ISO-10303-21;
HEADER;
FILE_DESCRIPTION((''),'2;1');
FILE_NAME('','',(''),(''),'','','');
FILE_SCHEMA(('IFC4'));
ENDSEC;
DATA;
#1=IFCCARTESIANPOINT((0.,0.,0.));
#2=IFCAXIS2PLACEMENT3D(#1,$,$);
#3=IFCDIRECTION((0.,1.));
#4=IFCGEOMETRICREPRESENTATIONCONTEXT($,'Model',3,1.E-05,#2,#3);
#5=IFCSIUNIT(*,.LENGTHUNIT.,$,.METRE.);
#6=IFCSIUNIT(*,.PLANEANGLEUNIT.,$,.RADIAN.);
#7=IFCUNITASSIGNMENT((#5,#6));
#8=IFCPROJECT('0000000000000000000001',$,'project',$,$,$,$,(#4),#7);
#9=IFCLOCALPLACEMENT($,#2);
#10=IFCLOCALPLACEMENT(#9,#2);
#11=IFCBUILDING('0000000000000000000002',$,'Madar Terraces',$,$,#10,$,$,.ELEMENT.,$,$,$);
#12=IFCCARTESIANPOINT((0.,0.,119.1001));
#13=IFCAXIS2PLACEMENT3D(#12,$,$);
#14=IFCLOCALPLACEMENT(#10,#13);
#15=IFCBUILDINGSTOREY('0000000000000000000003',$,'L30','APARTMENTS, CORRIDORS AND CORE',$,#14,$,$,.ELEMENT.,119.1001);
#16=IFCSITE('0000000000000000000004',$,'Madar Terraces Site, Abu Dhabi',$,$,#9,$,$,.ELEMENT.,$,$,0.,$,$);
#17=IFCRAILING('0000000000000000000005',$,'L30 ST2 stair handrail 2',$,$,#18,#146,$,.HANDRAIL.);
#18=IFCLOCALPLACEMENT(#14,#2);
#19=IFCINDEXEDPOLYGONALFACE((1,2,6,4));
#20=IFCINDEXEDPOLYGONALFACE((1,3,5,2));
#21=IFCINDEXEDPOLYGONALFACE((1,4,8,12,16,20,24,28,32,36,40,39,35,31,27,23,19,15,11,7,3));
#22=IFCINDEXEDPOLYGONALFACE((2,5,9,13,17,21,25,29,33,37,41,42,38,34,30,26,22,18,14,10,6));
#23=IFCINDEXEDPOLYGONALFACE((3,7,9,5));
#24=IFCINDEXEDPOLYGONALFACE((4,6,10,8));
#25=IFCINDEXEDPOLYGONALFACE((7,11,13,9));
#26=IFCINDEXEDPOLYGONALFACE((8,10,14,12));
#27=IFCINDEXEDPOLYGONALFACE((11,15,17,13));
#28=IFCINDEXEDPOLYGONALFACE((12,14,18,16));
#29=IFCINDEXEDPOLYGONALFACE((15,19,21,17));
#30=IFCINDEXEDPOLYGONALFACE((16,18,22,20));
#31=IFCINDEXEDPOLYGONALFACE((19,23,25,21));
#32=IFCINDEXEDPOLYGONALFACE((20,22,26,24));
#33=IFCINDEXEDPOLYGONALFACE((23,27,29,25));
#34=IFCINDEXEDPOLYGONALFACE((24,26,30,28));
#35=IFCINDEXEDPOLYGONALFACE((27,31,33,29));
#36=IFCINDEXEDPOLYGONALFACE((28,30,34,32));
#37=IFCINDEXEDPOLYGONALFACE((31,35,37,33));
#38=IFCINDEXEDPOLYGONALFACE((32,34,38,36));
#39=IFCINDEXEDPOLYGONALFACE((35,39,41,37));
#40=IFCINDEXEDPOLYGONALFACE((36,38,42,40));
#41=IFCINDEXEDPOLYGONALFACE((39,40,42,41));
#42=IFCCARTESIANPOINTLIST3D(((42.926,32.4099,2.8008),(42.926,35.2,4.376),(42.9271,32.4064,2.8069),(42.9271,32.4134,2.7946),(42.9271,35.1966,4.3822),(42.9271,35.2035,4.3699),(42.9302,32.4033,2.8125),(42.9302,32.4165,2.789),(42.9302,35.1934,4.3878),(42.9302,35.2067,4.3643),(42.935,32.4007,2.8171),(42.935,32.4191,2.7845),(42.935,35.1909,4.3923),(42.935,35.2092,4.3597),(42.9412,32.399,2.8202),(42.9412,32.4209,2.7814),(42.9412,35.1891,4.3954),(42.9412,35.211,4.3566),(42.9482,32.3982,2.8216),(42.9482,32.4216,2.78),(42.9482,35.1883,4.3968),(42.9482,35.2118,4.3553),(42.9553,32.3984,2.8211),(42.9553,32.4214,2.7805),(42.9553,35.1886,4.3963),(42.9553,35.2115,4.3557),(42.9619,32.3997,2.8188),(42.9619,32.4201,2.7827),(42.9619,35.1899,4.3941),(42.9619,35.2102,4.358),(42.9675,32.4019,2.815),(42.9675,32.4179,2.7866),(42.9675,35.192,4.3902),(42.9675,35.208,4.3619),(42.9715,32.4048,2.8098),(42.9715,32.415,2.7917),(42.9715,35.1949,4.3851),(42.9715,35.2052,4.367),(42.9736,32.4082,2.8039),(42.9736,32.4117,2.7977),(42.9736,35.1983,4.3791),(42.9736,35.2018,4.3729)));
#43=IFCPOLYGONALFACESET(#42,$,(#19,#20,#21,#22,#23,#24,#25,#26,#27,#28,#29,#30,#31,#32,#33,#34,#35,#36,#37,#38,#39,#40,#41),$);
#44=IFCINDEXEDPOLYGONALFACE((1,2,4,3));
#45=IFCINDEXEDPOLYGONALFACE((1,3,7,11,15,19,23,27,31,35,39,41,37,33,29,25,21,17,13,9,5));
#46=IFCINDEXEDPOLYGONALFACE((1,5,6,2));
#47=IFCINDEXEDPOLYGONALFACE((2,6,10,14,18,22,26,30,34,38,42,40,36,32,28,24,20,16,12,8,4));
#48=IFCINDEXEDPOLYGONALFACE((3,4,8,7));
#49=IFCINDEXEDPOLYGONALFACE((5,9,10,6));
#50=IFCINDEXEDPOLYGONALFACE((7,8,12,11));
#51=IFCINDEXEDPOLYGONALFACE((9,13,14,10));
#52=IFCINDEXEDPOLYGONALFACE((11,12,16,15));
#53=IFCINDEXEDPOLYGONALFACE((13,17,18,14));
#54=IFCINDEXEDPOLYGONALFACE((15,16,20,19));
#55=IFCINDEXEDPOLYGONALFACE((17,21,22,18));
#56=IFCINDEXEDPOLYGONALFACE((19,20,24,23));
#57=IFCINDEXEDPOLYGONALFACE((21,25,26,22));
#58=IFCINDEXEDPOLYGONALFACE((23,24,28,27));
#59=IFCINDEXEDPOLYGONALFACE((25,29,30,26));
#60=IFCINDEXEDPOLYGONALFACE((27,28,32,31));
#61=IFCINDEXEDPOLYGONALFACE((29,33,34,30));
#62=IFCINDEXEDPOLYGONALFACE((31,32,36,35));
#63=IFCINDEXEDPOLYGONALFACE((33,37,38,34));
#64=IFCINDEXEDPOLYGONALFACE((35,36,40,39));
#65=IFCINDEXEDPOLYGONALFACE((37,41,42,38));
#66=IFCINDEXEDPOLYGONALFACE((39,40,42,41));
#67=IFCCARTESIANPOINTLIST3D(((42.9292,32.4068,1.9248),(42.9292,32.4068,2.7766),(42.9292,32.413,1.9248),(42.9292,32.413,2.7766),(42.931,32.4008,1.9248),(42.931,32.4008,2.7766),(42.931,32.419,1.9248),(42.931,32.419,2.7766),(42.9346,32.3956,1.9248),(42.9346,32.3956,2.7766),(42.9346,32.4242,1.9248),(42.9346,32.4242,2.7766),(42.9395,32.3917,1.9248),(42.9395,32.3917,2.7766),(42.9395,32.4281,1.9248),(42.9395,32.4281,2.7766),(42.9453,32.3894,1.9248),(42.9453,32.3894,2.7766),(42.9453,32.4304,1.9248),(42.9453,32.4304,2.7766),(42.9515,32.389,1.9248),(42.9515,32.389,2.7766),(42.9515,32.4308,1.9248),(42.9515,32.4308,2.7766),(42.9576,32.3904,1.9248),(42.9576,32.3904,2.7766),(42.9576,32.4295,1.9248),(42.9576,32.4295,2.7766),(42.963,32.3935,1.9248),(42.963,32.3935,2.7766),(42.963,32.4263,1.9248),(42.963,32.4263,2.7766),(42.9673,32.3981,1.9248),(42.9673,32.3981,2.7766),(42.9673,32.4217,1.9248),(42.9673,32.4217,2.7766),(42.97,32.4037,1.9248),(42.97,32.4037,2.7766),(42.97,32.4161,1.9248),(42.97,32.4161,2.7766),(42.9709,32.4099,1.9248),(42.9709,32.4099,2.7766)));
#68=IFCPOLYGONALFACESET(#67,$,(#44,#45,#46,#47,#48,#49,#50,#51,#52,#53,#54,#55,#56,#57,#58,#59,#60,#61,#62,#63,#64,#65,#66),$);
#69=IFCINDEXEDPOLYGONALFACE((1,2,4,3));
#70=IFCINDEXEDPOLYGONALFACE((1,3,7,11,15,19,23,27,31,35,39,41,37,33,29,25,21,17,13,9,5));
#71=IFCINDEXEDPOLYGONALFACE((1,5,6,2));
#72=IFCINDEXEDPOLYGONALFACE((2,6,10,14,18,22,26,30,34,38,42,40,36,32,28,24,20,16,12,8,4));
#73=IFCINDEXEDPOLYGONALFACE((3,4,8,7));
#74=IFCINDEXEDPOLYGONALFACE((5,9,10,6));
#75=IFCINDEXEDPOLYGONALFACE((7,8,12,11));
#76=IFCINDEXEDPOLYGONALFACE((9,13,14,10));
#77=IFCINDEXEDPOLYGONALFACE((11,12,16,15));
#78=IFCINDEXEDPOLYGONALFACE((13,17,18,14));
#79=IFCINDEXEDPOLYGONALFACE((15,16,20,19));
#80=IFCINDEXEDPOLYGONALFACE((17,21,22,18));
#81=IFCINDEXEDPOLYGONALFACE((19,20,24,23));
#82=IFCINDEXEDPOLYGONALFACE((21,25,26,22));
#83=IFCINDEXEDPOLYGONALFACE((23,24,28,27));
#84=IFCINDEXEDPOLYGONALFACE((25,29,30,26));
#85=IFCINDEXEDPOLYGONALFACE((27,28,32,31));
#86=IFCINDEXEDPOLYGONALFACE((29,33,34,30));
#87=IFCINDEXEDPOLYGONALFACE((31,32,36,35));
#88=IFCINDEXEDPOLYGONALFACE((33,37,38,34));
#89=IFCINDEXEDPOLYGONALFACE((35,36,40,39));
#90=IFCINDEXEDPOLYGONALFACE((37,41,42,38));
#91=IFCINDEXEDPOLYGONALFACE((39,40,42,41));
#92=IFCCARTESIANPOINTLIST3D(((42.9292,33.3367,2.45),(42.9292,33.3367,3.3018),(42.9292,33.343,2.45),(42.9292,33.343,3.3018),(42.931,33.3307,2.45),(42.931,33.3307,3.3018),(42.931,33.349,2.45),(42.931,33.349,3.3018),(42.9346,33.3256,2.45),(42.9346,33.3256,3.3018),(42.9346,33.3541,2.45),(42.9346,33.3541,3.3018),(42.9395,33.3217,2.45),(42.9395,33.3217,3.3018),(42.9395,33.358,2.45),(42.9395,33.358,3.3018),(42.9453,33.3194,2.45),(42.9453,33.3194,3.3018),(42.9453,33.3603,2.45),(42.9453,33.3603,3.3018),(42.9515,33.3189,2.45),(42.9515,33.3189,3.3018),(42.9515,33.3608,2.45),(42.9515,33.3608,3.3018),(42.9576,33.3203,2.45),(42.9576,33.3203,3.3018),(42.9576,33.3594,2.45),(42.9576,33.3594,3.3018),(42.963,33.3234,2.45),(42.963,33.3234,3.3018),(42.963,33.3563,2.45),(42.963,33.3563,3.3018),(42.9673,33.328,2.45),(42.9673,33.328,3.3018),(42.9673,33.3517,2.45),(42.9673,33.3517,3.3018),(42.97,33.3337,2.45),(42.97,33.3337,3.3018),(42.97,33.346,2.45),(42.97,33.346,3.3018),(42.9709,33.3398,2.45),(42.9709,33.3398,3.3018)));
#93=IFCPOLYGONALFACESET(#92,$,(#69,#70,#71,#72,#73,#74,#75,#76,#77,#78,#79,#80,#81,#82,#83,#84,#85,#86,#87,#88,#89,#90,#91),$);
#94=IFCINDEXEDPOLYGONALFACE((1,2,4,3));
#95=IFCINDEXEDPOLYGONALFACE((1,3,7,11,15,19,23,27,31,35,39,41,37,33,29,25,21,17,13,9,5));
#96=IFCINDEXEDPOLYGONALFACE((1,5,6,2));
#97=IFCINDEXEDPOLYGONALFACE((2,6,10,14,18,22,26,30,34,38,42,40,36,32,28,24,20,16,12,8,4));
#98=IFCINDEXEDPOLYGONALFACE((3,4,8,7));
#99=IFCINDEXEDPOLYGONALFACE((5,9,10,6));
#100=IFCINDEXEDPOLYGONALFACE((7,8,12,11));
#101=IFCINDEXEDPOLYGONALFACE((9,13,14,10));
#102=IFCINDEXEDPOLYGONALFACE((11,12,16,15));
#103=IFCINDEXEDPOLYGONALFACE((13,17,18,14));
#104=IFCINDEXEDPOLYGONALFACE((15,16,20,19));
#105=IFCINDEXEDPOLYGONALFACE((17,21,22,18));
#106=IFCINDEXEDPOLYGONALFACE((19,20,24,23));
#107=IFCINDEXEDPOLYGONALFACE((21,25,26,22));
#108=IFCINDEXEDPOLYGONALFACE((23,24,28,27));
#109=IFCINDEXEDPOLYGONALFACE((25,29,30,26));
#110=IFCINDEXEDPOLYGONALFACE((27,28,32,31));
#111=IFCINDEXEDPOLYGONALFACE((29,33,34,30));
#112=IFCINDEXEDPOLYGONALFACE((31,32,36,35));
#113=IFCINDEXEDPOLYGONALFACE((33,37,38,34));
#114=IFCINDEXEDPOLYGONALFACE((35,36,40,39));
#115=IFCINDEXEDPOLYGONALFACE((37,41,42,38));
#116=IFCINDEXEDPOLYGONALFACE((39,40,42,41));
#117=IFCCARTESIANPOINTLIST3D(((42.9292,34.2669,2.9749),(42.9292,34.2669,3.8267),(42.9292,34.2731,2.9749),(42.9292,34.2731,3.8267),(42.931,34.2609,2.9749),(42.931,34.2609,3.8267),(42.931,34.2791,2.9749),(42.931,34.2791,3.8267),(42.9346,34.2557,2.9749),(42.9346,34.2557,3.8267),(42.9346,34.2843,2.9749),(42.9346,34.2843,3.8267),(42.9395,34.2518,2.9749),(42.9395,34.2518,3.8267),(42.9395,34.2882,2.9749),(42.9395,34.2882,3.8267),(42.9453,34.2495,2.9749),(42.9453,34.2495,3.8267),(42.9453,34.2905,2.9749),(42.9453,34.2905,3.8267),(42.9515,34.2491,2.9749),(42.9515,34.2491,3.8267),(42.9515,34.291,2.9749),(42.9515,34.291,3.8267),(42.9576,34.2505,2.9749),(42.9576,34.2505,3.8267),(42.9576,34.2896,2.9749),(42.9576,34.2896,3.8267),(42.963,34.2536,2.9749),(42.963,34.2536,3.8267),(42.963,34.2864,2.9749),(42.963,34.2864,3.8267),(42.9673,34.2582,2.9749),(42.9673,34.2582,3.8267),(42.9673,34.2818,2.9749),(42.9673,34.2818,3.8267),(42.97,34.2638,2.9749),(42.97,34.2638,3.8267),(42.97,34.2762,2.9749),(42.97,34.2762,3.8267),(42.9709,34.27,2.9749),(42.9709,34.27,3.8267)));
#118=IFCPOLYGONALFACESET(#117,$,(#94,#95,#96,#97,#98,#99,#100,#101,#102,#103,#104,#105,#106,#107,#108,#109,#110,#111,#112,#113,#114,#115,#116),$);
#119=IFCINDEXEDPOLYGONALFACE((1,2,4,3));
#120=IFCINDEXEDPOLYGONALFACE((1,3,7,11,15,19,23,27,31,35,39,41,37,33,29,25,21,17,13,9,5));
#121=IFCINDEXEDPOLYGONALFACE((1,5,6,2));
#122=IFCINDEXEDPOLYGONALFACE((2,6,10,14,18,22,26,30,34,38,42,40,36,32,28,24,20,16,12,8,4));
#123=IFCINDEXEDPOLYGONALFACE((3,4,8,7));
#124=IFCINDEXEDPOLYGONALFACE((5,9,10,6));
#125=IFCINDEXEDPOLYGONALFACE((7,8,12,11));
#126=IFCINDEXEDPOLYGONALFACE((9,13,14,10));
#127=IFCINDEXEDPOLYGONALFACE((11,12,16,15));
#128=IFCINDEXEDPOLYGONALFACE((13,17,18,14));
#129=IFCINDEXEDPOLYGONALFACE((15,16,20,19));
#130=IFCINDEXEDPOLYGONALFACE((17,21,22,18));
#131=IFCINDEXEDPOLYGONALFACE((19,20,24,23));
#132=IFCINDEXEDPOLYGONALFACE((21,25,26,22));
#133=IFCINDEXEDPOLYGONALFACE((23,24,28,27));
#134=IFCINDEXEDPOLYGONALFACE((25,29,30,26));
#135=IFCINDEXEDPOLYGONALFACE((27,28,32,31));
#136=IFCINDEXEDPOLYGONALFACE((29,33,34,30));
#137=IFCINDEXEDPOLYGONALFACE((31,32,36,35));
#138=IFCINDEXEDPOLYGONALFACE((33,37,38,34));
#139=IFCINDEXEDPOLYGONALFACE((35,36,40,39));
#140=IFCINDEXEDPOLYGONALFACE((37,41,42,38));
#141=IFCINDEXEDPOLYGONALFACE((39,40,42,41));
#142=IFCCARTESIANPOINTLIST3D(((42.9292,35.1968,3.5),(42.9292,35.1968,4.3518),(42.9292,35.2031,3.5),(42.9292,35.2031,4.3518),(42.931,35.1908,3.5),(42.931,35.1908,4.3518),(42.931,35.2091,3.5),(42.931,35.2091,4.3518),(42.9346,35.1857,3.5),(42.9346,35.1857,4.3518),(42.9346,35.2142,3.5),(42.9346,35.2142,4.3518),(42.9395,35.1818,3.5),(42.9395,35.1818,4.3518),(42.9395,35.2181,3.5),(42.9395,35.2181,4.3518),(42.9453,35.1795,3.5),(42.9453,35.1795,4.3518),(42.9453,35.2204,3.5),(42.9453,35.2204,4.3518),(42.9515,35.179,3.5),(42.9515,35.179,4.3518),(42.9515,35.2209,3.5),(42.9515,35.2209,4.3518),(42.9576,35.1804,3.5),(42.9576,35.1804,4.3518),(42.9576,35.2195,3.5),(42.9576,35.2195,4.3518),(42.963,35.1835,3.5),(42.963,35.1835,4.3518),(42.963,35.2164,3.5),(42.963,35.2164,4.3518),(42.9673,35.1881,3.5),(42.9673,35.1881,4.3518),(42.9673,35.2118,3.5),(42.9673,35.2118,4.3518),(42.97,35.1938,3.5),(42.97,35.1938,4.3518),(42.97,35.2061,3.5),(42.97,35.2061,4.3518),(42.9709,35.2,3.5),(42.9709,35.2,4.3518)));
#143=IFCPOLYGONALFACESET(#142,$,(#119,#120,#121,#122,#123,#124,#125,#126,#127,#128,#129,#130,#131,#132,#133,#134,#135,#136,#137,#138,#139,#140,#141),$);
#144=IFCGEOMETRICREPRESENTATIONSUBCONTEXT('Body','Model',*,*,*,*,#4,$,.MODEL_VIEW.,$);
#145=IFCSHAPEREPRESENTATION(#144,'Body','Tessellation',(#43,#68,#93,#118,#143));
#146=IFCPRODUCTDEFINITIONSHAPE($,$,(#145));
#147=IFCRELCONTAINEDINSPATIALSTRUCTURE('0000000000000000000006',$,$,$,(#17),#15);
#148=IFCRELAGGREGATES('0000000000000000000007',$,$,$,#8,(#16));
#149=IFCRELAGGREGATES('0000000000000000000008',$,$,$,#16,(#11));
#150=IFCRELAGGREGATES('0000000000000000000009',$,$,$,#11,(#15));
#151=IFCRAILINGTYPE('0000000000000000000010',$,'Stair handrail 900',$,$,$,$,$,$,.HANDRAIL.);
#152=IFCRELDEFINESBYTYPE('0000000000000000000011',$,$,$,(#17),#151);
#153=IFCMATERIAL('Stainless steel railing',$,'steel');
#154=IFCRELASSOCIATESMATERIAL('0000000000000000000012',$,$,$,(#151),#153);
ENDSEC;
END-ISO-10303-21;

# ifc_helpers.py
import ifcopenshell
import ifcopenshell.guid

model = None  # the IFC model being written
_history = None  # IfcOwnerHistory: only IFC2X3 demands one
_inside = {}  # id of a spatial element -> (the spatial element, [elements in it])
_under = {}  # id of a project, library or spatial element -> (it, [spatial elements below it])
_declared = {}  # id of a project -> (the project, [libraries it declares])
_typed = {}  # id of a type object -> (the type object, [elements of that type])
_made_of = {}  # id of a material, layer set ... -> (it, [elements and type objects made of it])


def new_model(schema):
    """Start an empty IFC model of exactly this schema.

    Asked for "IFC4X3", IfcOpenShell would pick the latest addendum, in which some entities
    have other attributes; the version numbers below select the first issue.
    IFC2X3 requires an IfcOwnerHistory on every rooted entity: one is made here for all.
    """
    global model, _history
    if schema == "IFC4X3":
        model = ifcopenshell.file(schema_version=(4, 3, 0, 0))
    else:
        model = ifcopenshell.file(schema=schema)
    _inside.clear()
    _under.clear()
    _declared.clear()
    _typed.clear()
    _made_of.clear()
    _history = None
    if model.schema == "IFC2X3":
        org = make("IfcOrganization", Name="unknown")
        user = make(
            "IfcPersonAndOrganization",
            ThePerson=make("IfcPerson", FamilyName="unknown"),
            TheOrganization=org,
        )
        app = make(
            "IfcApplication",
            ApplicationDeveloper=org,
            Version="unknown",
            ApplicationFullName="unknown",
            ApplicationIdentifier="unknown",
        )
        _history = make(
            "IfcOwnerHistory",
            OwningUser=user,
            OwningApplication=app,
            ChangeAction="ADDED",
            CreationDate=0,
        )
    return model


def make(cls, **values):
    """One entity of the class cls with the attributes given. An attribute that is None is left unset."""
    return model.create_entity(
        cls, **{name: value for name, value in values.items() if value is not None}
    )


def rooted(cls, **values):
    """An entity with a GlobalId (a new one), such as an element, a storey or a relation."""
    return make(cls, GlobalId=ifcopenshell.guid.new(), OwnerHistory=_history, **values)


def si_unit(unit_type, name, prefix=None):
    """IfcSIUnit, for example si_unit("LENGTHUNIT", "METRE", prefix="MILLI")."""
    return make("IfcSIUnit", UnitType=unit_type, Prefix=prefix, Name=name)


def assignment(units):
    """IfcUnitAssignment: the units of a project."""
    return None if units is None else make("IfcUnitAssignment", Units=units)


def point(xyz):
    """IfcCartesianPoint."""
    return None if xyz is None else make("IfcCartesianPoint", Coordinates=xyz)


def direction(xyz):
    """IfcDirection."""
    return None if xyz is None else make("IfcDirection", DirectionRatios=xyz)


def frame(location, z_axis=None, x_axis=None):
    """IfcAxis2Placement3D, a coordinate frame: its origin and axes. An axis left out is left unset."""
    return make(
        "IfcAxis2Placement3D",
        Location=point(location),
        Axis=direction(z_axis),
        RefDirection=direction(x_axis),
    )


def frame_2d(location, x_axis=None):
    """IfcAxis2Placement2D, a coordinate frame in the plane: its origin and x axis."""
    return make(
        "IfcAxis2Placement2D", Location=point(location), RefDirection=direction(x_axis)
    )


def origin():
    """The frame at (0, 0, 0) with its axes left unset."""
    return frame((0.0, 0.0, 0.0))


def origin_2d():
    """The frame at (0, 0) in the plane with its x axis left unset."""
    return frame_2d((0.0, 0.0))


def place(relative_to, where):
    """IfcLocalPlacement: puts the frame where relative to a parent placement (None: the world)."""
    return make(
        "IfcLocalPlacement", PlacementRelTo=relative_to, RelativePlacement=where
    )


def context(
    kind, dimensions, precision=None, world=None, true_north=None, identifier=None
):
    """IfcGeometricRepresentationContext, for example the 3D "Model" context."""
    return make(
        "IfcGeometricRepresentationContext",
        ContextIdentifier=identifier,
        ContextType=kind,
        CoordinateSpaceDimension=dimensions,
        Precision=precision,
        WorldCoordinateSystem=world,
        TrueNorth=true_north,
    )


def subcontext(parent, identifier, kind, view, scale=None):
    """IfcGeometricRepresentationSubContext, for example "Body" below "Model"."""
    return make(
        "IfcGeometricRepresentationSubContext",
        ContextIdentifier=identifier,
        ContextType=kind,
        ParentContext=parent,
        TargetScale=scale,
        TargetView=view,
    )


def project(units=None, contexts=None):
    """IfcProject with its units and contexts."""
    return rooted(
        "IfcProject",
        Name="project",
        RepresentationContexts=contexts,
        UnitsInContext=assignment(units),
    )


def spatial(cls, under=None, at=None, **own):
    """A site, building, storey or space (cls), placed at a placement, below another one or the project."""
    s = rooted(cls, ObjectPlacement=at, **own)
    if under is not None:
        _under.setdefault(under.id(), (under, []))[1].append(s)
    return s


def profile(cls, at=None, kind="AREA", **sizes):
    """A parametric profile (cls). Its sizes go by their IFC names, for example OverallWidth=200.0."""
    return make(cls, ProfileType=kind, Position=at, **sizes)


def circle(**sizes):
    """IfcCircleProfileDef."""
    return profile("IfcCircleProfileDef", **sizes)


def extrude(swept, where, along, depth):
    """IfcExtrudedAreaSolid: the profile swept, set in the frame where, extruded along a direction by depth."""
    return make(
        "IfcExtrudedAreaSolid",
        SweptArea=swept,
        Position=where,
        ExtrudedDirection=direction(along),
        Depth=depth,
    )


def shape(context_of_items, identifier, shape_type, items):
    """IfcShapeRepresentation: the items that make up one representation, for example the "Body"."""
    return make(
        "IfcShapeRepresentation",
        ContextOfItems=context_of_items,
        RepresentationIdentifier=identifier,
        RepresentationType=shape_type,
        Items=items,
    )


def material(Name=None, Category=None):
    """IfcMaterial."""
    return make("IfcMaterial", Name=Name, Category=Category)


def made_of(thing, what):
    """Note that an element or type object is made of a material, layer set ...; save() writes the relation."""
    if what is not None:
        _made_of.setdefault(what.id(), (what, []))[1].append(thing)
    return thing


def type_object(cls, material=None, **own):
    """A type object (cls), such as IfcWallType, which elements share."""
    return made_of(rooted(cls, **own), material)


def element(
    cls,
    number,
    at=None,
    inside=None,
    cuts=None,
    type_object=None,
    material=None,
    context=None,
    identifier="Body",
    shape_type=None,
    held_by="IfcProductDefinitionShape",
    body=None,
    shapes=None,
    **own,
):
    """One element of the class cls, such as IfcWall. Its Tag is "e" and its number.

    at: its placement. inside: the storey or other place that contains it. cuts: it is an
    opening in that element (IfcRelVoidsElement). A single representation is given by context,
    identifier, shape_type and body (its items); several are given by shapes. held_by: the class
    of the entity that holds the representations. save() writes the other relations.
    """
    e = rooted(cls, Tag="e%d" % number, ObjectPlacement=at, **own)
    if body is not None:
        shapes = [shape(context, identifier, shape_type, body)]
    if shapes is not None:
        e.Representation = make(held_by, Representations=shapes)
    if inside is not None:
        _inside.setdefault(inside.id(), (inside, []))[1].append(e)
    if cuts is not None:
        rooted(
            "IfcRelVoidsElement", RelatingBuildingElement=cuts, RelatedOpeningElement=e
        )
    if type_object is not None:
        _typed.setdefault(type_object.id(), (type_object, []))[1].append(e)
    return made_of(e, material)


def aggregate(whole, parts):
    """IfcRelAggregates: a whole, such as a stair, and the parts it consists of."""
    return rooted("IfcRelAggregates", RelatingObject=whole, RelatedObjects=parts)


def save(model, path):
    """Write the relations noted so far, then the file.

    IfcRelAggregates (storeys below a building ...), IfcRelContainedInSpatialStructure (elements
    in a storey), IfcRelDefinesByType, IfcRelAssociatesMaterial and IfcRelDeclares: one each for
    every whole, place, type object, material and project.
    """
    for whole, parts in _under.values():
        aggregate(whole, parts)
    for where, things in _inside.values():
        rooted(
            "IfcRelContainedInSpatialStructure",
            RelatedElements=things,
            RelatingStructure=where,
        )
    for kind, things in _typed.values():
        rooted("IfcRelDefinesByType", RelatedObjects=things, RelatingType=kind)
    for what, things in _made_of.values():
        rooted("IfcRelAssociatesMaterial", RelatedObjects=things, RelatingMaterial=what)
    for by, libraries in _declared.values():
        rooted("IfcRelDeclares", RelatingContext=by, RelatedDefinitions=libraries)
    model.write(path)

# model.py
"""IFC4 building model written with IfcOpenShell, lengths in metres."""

from ifc_helpers import new_model, si_unit, direction, frame, origin, origin_2d, place, context, subcontext, project, spatial, circle, extrude, material, type_object, element, save


model = new_model("IFC4")

# Units and contexts
model_context = context("Model", 3, precision=1e-05, world=origin(), true_north=direction((0.0, 1.0)))
body_context = subcontext(model_context, "Body", "Model", "MODEL_VIEW")
ifc_project = project(units=[si_unit("LENGTHUNIT", "METRE"), si_unit("PLANEANGLEUNIT", "RADIAN")], contexts=[model_context])

# Site, building, storey
site_placement = place(None, origin())
site = spatial("IfcSite", under=ifc_project, at=site_placement, Name="Madar Terraces Site, Abu Dhabi", CompositionType="ELEMENT", RefElevation=0.0)
building_placement = place(site_placement, origin())
building = spatial("IfcBuilding", under=site, at=building_placement, Name="Madar Terraces", CompositionType="ELEMENT")
storey_placement = place(building_placement, frame((0.0, 0.0, 119.1001)))
storey = spatial("IfcBuildingStorey", under=building, at=storey_placement, Name="L30", Description="APARTMENTS, CORRIDORS AND CORE", CompositionType="ELEMENT", Elevation=119.1001)

# Railing
ifc_material_1 = material(Name="Stainless steel railing", Category="steel")
railing_type_1 = type_object("IfcRailingType", Name="Stair handrail 900", PredefinedType="HANDRAIL", material=ifc_material_1)
railing_1_placement = place(storey_placement, frame((42.95, 32.4099, 1.9248)))
element("IfcRailing", 1, at=railing_1_placement, inside=storey, type_object=railing_type_1, Name="L30 ST2 stair handrail 2", PredefinedType="HANDRAIL", context=body_context, shape_type="SweptSolid", body=[
    extrude(circle(Radius=0.0239, at=origin_2d()), frame((0.0, 0.0, 0.876), z_axis=(0.0, 0.870801, 0.491635), x_axis=(-1.0, 0.0, 0.0)), (0.0, 0.0, 1.0), 3.2041),
    extrude(circle(Radius=0.021, at=origin_2d()), origin(), (0.0, 0.0, 1.0), 0.8518),
    extrude(circle(Radius=0.021, at=origin_2d()), frame((0.0, 0.9299, 0.5251)), (0.0, 0.0, 1.0), 0.8518),
    extrude(circle(Radius=0.021, at=origin_2d()), frame((0.0, 1.8601, 1.05)), (0.0, 0.0, 1.0), 0.8518),
    extrude(circle(Radius=0.021, at=origin_2d()), frame((0.0, 2.79, 1.5752)), (0.0, 0.0, 1.0), 0.8518),
])

save(model, "model.ifc")
